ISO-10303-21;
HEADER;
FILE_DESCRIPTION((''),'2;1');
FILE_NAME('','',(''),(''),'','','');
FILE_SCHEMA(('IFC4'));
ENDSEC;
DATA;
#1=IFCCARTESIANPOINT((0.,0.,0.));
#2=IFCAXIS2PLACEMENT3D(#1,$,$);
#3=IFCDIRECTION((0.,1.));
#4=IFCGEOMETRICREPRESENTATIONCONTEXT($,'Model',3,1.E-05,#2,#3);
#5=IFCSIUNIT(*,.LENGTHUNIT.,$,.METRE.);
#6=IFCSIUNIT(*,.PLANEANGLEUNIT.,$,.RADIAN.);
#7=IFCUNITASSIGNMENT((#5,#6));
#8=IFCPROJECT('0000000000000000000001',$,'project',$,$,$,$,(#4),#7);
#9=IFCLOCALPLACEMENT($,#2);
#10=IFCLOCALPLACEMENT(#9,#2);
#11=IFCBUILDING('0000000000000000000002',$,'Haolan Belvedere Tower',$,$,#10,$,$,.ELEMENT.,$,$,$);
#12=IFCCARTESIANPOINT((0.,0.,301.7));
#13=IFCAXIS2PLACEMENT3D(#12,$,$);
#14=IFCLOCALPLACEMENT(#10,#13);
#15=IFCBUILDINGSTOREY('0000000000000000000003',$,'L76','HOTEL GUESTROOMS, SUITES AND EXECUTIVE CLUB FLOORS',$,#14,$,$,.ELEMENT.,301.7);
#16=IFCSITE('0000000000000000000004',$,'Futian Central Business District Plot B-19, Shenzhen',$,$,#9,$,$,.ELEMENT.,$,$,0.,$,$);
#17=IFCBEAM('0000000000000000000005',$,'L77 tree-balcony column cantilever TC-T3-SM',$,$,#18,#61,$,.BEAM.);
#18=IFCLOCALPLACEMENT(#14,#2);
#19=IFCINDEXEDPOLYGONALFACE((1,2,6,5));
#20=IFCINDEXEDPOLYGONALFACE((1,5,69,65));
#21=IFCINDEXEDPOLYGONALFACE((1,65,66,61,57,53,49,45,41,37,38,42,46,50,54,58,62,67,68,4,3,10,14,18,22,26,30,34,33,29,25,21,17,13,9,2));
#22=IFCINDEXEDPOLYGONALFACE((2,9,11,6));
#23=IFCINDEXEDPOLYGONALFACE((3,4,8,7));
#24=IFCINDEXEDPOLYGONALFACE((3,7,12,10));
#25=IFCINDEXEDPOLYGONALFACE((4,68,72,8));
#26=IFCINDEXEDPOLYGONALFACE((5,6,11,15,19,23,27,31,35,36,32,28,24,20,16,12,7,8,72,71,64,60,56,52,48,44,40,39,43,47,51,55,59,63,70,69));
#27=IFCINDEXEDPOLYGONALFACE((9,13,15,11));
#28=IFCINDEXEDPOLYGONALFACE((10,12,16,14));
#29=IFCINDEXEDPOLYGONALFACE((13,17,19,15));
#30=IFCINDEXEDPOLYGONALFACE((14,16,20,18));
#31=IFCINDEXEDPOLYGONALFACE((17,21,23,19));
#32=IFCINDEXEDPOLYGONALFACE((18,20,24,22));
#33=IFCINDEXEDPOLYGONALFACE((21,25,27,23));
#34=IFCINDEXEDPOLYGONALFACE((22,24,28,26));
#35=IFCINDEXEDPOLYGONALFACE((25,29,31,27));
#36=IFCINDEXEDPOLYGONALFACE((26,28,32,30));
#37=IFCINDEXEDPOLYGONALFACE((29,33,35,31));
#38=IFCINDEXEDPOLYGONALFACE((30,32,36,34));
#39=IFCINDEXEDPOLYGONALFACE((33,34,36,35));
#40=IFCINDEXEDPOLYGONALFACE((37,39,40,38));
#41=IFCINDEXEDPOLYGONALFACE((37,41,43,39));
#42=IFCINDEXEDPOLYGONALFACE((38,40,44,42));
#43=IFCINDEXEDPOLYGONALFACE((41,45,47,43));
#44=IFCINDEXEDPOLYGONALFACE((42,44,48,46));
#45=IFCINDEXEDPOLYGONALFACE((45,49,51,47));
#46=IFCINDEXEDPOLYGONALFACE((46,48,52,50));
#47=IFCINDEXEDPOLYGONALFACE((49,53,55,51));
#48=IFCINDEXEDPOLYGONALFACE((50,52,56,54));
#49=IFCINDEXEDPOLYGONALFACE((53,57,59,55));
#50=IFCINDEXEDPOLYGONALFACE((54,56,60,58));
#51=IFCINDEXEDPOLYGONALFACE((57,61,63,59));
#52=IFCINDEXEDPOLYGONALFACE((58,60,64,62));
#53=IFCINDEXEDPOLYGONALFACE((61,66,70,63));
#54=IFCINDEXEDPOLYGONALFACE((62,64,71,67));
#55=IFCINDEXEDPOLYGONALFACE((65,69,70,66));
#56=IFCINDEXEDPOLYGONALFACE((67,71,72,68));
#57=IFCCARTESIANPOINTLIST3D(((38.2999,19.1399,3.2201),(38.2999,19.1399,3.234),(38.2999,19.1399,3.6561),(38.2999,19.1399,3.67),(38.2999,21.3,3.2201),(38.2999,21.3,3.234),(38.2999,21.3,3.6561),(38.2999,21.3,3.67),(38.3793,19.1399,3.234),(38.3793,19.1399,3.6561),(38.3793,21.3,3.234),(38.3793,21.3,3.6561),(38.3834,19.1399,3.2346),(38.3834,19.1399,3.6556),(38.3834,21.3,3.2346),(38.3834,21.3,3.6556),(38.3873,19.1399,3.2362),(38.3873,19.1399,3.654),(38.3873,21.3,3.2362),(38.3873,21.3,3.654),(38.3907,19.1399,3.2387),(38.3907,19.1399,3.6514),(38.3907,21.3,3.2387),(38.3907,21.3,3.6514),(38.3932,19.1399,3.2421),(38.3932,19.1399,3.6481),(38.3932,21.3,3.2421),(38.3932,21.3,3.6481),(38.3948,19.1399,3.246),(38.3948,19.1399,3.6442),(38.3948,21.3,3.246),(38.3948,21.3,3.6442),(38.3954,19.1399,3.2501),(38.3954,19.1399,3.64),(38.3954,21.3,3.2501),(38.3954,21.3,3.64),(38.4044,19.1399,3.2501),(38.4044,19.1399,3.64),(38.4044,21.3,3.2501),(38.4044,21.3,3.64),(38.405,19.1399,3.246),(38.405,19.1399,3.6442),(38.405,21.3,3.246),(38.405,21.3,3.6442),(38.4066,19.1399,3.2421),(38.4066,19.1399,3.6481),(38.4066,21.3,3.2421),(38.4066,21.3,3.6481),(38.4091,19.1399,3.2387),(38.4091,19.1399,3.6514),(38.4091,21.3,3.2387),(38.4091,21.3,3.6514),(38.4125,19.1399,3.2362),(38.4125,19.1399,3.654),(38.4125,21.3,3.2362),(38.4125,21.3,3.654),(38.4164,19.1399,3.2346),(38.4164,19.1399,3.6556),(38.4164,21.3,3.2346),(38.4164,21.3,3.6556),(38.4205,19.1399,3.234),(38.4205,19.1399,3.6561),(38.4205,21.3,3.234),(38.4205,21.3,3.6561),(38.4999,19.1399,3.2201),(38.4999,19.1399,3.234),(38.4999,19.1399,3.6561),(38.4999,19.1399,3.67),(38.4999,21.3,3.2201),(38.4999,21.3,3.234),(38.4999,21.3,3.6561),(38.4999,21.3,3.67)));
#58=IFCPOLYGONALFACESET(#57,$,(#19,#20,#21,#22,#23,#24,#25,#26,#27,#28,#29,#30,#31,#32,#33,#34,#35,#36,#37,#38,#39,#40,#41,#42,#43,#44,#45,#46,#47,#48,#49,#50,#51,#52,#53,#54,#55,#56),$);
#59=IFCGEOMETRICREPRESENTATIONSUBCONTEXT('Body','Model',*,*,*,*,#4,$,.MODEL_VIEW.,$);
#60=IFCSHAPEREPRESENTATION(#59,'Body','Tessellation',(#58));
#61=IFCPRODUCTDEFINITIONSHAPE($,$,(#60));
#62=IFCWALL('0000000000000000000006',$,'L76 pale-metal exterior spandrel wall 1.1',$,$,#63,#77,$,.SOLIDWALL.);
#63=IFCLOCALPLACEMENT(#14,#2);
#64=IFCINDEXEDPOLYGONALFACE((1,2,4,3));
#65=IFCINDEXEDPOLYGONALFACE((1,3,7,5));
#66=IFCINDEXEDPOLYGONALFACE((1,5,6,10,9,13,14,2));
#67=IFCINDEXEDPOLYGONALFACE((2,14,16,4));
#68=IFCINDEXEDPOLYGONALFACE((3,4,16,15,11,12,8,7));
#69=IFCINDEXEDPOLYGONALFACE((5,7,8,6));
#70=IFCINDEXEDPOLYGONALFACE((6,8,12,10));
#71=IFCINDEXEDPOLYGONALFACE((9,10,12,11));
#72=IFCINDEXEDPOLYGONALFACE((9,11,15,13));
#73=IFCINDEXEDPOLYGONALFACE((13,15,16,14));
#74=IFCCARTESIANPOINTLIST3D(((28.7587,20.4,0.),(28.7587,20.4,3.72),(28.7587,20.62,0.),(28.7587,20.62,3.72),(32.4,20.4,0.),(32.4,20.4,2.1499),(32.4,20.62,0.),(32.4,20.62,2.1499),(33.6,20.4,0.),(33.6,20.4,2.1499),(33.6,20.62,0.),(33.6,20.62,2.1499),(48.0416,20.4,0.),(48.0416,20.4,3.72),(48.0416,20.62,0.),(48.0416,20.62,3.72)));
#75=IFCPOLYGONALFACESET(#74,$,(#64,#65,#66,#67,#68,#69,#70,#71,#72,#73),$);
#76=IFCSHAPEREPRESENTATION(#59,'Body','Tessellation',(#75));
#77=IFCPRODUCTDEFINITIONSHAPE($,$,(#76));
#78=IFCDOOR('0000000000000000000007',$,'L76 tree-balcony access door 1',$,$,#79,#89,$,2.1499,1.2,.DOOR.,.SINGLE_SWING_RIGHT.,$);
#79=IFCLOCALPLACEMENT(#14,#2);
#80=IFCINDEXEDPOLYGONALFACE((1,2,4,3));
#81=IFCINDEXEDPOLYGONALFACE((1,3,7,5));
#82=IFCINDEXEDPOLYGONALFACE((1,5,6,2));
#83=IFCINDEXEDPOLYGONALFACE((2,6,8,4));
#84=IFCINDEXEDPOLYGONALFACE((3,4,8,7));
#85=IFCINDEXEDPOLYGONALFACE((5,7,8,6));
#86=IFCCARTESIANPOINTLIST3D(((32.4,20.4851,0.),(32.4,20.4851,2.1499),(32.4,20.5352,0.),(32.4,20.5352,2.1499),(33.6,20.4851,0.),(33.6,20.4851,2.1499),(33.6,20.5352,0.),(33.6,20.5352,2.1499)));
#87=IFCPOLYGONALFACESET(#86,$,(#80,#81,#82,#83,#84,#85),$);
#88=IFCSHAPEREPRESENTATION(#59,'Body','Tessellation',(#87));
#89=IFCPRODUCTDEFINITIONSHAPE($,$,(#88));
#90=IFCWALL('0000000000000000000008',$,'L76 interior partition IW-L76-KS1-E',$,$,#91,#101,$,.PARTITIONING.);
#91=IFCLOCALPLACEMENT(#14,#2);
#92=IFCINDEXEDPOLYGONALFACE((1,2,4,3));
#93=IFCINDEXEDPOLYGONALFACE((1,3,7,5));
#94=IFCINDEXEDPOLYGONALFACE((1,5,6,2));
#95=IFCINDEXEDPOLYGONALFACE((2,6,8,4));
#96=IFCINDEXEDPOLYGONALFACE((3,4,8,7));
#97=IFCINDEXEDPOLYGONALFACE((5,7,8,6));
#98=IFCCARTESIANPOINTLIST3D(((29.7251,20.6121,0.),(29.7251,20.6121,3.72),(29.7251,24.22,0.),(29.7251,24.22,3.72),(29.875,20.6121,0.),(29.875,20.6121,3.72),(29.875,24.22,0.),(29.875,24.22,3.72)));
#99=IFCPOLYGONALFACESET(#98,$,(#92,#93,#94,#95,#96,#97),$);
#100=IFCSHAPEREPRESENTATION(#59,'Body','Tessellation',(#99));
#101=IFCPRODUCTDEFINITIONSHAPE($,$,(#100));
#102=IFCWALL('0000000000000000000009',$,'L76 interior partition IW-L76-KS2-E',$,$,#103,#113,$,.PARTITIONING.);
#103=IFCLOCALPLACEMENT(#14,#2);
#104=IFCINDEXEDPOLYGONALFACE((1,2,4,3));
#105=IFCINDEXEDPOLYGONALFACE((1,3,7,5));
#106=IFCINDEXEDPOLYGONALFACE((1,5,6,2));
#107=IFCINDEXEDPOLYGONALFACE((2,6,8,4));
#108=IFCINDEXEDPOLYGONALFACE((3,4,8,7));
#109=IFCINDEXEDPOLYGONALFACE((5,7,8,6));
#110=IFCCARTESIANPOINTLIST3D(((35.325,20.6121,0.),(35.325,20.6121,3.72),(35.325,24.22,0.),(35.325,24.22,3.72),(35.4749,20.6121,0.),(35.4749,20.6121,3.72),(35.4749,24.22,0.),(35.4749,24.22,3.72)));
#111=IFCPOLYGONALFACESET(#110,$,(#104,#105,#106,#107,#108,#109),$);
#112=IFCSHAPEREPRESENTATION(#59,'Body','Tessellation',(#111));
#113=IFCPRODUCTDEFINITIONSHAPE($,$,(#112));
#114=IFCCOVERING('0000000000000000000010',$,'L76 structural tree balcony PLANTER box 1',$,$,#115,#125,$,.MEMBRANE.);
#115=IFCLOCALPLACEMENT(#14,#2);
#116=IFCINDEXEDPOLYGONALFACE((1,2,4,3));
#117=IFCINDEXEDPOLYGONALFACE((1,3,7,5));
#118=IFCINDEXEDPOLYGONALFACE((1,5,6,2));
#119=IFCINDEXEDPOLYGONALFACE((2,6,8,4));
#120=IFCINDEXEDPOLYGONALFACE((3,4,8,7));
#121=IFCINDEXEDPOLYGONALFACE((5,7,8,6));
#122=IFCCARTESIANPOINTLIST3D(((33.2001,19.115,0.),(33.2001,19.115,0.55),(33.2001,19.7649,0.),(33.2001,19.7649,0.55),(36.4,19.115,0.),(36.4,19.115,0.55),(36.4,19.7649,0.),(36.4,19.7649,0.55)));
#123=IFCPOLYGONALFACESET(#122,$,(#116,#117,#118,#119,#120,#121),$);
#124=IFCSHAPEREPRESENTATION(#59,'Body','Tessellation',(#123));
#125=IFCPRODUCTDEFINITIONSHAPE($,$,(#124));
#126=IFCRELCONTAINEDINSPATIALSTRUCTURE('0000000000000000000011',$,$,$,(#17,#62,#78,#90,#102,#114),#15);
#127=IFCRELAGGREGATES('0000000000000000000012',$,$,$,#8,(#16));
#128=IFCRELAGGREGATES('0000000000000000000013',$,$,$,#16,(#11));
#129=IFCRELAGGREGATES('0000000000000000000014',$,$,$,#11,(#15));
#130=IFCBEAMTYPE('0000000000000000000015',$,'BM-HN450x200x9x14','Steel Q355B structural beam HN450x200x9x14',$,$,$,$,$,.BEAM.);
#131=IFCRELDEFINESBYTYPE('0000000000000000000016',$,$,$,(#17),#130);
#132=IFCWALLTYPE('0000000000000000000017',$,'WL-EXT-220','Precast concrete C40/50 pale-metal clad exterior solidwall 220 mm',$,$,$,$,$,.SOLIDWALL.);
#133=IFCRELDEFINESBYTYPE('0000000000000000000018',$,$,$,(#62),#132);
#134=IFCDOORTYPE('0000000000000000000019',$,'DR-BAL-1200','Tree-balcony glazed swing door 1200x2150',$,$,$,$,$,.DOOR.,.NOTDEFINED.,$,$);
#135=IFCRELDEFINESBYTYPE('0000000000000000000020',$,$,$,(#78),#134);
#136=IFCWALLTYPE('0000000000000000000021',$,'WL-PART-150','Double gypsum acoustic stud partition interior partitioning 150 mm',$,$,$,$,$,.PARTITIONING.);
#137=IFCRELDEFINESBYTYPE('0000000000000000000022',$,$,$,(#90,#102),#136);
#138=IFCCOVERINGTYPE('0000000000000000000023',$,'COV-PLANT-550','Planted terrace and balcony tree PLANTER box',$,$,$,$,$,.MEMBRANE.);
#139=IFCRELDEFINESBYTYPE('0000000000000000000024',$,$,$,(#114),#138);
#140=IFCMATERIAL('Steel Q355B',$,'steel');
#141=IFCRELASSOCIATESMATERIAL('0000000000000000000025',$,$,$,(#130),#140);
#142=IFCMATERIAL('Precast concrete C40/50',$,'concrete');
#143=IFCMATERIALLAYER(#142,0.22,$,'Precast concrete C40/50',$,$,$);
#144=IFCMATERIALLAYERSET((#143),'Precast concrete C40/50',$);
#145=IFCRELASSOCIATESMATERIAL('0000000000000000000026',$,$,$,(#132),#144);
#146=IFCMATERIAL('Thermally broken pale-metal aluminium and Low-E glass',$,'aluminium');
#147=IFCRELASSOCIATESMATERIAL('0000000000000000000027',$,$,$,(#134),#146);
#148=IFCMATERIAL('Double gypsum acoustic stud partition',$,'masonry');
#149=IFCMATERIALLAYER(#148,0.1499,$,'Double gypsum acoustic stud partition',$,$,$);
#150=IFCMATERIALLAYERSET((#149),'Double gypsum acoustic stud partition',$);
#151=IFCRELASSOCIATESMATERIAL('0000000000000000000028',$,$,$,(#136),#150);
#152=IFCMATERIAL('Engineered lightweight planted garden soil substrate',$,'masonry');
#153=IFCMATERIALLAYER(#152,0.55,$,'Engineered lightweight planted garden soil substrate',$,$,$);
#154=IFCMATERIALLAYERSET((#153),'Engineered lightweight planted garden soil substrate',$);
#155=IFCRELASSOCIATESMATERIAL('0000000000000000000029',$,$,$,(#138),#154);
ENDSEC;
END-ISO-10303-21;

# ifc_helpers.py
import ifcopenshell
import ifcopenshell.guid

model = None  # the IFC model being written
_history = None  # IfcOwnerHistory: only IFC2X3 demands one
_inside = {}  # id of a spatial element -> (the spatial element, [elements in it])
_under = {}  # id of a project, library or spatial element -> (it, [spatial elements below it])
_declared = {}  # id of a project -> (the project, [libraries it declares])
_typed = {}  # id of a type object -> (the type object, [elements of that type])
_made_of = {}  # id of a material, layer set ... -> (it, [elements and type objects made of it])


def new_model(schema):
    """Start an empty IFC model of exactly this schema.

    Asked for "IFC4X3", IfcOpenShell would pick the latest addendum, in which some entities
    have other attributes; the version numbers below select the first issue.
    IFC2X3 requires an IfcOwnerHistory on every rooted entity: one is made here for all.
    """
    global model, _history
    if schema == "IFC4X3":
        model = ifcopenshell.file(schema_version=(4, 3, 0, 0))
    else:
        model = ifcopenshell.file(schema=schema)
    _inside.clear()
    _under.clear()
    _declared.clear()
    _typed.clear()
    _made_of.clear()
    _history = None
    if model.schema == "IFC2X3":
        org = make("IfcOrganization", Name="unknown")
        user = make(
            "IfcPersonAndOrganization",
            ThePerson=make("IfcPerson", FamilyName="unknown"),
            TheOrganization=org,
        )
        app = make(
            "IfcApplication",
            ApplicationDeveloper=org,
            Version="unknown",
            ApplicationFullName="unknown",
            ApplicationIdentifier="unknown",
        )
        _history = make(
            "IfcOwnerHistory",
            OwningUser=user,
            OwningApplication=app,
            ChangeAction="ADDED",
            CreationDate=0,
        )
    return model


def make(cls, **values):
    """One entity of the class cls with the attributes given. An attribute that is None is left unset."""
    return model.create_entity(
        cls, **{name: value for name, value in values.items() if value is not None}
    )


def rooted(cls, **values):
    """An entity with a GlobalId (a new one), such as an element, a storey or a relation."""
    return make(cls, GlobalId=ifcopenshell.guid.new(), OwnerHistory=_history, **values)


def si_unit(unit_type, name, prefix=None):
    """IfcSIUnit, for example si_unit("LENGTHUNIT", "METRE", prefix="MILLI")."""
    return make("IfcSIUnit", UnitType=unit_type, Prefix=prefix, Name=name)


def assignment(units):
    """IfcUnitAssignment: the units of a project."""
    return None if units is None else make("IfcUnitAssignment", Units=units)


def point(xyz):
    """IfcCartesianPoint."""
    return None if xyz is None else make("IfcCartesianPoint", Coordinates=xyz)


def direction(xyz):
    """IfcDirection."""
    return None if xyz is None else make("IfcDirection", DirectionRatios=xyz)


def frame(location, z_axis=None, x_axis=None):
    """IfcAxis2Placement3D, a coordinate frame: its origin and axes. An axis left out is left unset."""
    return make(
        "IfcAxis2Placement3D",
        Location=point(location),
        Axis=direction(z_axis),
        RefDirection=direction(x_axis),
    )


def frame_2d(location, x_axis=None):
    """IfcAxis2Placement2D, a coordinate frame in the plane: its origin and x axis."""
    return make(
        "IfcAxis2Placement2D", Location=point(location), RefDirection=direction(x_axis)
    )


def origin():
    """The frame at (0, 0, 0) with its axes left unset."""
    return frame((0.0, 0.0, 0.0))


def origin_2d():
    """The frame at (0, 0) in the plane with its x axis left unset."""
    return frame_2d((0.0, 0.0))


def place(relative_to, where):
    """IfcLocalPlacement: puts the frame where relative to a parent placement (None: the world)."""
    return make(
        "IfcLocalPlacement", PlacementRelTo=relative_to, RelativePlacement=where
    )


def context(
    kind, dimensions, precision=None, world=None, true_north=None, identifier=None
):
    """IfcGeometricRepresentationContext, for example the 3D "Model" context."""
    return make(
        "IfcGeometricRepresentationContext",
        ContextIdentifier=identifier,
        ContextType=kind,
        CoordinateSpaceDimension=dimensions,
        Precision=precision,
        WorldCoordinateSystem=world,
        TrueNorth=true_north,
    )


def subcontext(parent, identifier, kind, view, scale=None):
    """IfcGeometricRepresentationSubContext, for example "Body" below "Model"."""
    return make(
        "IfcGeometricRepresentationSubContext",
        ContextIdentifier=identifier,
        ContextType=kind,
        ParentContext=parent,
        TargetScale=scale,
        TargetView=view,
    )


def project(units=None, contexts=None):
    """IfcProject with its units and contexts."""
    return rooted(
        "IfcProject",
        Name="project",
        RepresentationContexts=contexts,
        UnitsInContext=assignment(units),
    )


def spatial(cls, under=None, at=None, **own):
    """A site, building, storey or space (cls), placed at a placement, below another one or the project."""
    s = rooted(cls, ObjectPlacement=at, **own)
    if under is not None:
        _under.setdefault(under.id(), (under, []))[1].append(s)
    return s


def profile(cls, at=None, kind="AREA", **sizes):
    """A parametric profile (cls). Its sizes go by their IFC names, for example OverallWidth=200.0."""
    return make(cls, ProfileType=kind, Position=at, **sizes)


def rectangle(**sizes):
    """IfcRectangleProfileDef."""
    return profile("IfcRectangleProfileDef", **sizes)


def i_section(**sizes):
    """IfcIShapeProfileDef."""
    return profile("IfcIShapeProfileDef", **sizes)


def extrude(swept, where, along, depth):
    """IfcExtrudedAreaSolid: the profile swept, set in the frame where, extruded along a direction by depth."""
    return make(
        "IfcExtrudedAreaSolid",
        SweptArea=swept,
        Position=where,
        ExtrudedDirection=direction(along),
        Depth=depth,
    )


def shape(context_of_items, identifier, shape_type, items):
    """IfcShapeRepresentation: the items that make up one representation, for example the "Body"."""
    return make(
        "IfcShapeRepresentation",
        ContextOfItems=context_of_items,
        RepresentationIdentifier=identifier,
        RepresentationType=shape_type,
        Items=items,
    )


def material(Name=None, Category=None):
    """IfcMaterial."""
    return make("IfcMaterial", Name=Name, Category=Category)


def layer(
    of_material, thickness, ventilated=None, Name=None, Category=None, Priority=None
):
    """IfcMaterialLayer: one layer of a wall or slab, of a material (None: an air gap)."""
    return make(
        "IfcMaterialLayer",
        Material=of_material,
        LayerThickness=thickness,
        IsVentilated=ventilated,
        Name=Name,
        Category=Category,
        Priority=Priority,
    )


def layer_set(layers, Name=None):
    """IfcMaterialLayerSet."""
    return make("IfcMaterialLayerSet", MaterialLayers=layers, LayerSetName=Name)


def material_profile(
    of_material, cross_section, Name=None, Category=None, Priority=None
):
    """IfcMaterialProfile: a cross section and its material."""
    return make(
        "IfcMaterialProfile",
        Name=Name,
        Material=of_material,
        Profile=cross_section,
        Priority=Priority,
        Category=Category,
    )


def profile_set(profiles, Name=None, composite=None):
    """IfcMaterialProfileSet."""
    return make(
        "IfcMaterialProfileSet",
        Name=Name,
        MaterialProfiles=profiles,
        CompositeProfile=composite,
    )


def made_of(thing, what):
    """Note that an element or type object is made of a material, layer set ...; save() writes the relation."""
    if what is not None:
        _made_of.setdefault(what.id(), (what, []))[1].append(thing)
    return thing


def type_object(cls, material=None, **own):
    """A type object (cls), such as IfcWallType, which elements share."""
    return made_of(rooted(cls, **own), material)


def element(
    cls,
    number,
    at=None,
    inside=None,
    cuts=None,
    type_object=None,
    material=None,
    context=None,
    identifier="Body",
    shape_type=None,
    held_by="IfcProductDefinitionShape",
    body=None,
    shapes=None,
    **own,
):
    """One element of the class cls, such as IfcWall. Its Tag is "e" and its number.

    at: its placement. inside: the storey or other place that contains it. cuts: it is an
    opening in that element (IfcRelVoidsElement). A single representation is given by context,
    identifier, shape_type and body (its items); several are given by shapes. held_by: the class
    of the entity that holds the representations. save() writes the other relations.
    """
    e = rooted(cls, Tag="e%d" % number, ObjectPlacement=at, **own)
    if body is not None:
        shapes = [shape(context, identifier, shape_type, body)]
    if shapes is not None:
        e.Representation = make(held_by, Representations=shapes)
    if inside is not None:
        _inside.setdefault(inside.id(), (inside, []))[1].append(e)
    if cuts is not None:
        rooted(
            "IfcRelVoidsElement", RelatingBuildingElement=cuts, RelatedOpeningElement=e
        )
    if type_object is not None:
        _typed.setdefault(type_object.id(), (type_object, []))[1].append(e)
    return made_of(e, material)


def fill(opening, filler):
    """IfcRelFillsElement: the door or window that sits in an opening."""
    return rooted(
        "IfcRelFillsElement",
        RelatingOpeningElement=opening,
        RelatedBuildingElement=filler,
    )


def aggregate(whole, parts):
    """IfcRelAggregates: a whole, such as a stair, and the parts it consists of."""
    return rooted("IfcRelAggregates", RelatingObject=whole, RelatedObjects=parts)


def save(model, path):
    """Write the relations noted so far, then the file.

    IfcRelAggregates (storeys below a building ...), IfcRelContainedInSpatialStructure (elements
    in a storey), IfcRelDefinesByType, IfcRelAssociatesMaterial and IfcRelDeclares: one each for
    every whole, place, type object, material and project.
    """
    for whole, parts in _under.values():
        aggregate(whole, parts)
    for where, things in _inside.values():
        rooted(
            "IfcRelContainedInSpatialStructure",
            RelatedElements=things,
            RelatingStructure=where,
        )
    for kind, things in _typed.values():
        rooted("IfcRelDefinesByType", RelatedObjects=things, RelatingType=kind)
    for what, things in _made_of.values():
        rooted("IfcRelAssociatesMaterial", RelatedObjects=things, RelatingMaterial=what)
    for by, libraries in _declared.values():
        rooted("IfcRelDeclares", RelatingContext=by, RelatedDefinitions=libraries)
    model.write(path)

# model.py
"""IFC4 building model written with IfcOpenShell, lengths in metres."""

from ifc_helpers import new_model, si_unit, direction, frame, frame_2d, origin, origin_2d, place, context, subcontext, project, spatial, rectangle, i_section, extrude, material, layer, layer_set, material_profile, profile_set, type_object, element, fill, save


model = new_model("IFC4")

# Units and contexts
model_context = context("Model", 3, precision=1e-05, world=origin(), true_north=direction((0.0, 1.0)))
body_context = subcontext(model_context, "Body", "Model", "MODEL_VIEW")
ifc_project = project(units=[si_unit("LENGTHUNIT", "METRE"), si_unit("PLANEANGLEUNIT", "RADIAN")], contexts=[model_context])

# Site, building, storey
site_placement = place(None, origin())
site = spatial("IfcSite", under=ifc_project, at=site_placement, Name="Futian Central Business District Plot B-19, Shenzhen", CompositionType="ELEMENT", RefElevation=0.0)
building_placement = place(site_placement, origin())
building = spatial("IfcBuilding", under=site, at=building_placement, Name="Haolan Belvedere Tower", CompositionType="ELEMENT")
storey_placement = place(building_placement, frame((0.0, 0.0, 301.7)))
storey = spatial("IfcBuildingStorey", under=building, at=storey_placement, Name="L76", Description="HOTEL GUESTROOMS, SUITES AND EXECUTIVE CLUB FLOORS", CompositionType="ELEMENT", Elevation=301.7)

# Beam
ifc_material_1 = material(Name="Steel Q355B", Category="steel")
ifc_material_profile_1 = material_profile(ifc_material_1, i_section(OverallWidth=0.2, OverallDepth=0.45, WebThickness=0.009, FlangeThickness=0.0139, FilletRadius=0.0161, at=origin_2d()), Name="Steel Q355B")
ifc_profile_set_1 = profile_set([ifc_material_profile_1], Name="Steel Q355B")
beam_type_1 = type_object("IfcBeamType", Name="BM-HN450x200x9x14", Description="Steel Q355B structural beam HN450x200x9x14", PredefinedType="BEAM", material=ifc_profile_set_1)
beam_1_placement = place(storey_placement, frame((38.3999, 21.3, 3.4451), z_axis=(0.0, -1.0, 0.0), x_axis=(1.0, 0.0, 0.0)))
element("IfcBeam", 1, at=beam_1_placement, inside=storey, type_object=beam_type_1, Name="L77 tree-balcony column cantilever TC-T3-SM", PredefinedType="BEAM", context=body_context, shape_type="SweptSolid", body=[
    extrude(i_section(OverallWidth=0.2, OverallDepth=0.45, WebThickness=0.009, FlangeThickness=0.0139, FilletRadius=0.0161, at=origin_2d()), origin(), (0.0, 0.0, 1.0), 2.1602),
])

# Wall, opening, door
ifc_material_2 = material(Name="Precast concrete C40/50", Category="concrete")
ifc_layer_1 = layer(ifc_material_2, 0.22, Name="Precast concrete C40/50")
ifc_layer_set_1 = layer_set([ifc_layer_1], Name="Precast concrete C40/50")
wall_type_1 = type_object("IfcWallType", Name="WL-EXT-220", Description="Precast concrete C40/50 pale-metal clad exterior solidwall 220 mm", PredefinedType="SOLIDWALL", material=ifc_layer_set_1)
wall_placement = place(storey_placement, frame((28.7585, 20.51, 0.0), z_axis=(0.0, 0.0, 1.0), x_axis=(1.0, 0.0, 0.0)))
wall = element("IfcWall", 2, at=wall_placement, inside=storey, type_object=wall_type_1, Name="L76 pale-metal exterior spandrel wall 1.1", PredefinedType="SOLIDWALL", context=body_context, shape_type="SweptSolid", body=[
    extrude(rectangle(XDim=19.283, YDim=0.22, at=frame_2d((9.6416, 0.0))), origin(), (0.0, 0.0, 1.0), 3.72),
])
opening_placement = place(wall_placement, frame((4.8416, 0.0, 0.0), z_axis=(0.0, 0.0, 1.0), x_axis=(-1.0, 0.0, 0.0)))
opening = element("IfcOpeningElement", 3, at=opening_placement, cuts=wall, PredefinedType="OPENING", context=body_context, shape_type="SweptSolid", body=[
    extrude(rectangle(XDim=1.2, YDim=2.1499, at=frame_2d((0.6001, 1.075))), frame((0.0, 0.1199, 0.0), z_axis=(0.0, -1.0, 0.0), x_axis=(1.0, 0.0, 0.0)), (0.0, 0.0, 1.0), 0.24),
])
ifc_material_3 = material(Name="Thermally broken pale-metal aluminium and Low-E glass", Category="aluminium")
door_type = type_object("IfcDoorType", Name="DR-BAL-1200", Description="Tree-balcony glazed swing door 1200x2150", OperationType="NOTDEFINED", PredefinedType="DOOR", material=ifc_material_3)
door_placement = place(opening_placement, origin())
door = element("IfcDoor", 4, at=door_placement, inside=storey, type_object=door_type, Name="L76 tree-balcony access door 1", OperationType="SINGLE_SWING_RIGHT", OverallHeight=2.1499, OverallWidth=1.2, PredefinedType="DOOR", context=body_context, shape_type="SweptSolid", body=[
    extrude(rectangle(XDim=1.2, YDim=2.1499, at=frame_2d((0.6001, 1.075))), frame((0.0, 0.0249, 0.0), z_axis=(0.0, -1.0, 0.0), x_axis=(1.0, 0.0, 0.0)), (0.0, 0.0, 1.0), 0.05),
])
fill(opening, door)

# Walls
ifc_material_4 = material(Name="Double gypsum acoustic stud partition", Category="masonry")
ifc_layer_2 = layer(ifc_material_4, 0.1499, Name="Double gypsum acoustic stud partition")
ifc_layer_set_2 = layer_set([ifc_layer_2], Name="Double gypsum acoustic stud partition")
wall_type_2 = type_object("IfcWallType", Name="WL-PART-150", Description="Double gypsum acoustic stud partition interior partitioning 150 mm", PredefinedType="PARTITIONING", material=ifc_layer_set_2)
for number, where, z_axis, x_axis, name in (
    (5, (29.8, 20.6121, 0.0), (0.0, 0.0, 1.0), (0.0, 1.0, 0.0), "L76 interior partition IW-L76-KS1-E"),
    (6, (35.3999, 20.6121, 0.0), (0.0, 0.0, 1.0), (0.0, 1.0, 0.0), "L76 interior partition IW-L76-KS2-E"),
):
    element("IfcWall", number, at=place(storey_placement, frame(where, z_axis=z_axis, x_axis=x_axis)), inside=storey, type_object=wall_type_2, Name=name, PredefinedType="PARTITIONING", context=body_context, shape_type="SweptSolid", body=[
        extrude(rectangle(XDim=3.6079, YDim=0.1499, at=frame_2d((1.804, 0.0))), origin(), (0.0, 0.0, 1.0), 3.72),
    ])

# Covering
ifc_material_5 = material(Name="Engineered lightweight planted garden soil substrate", Category="masonry")
ifc_layer_3 = layer(ifc_material_5, 0.55, Name="Engineered lightweight planted garden soil substrate")
ifc_layer_set_3 = layer_set([ifc_layer_3], Name="Engineered lightweight planted garden soil substrate")
covering_type = type_object("IfcCoveringType", Name="COV-PLANT-550", Description="Planted terrace and balcony tree PLANTER box", PredefinedType="MEMBRANE", material=ifc_layer_set_3)
covering_placement = place(storey_placement, frame((34.8, 19.4399, 0.0), z_axis=(0.0, 0.0, 1.0), x_axis=(1.0, 0.0, 0.0)))
element("IfcCovering", 7, at=covering_placement, inside=storey, type_object=covering_type, Name="L76 structural tree balcony PLANTER box 1", PredefinedType="MEMBRANE", context=body_context, shape_type="SweptSolid", body=[
    extrude(rectangle(XDim=3.2, YDim=0.6499, at=origin_2d()), origin(), (0.0, 0.0, 1.0), 0.55),
])

save(model, "model.ifc")
